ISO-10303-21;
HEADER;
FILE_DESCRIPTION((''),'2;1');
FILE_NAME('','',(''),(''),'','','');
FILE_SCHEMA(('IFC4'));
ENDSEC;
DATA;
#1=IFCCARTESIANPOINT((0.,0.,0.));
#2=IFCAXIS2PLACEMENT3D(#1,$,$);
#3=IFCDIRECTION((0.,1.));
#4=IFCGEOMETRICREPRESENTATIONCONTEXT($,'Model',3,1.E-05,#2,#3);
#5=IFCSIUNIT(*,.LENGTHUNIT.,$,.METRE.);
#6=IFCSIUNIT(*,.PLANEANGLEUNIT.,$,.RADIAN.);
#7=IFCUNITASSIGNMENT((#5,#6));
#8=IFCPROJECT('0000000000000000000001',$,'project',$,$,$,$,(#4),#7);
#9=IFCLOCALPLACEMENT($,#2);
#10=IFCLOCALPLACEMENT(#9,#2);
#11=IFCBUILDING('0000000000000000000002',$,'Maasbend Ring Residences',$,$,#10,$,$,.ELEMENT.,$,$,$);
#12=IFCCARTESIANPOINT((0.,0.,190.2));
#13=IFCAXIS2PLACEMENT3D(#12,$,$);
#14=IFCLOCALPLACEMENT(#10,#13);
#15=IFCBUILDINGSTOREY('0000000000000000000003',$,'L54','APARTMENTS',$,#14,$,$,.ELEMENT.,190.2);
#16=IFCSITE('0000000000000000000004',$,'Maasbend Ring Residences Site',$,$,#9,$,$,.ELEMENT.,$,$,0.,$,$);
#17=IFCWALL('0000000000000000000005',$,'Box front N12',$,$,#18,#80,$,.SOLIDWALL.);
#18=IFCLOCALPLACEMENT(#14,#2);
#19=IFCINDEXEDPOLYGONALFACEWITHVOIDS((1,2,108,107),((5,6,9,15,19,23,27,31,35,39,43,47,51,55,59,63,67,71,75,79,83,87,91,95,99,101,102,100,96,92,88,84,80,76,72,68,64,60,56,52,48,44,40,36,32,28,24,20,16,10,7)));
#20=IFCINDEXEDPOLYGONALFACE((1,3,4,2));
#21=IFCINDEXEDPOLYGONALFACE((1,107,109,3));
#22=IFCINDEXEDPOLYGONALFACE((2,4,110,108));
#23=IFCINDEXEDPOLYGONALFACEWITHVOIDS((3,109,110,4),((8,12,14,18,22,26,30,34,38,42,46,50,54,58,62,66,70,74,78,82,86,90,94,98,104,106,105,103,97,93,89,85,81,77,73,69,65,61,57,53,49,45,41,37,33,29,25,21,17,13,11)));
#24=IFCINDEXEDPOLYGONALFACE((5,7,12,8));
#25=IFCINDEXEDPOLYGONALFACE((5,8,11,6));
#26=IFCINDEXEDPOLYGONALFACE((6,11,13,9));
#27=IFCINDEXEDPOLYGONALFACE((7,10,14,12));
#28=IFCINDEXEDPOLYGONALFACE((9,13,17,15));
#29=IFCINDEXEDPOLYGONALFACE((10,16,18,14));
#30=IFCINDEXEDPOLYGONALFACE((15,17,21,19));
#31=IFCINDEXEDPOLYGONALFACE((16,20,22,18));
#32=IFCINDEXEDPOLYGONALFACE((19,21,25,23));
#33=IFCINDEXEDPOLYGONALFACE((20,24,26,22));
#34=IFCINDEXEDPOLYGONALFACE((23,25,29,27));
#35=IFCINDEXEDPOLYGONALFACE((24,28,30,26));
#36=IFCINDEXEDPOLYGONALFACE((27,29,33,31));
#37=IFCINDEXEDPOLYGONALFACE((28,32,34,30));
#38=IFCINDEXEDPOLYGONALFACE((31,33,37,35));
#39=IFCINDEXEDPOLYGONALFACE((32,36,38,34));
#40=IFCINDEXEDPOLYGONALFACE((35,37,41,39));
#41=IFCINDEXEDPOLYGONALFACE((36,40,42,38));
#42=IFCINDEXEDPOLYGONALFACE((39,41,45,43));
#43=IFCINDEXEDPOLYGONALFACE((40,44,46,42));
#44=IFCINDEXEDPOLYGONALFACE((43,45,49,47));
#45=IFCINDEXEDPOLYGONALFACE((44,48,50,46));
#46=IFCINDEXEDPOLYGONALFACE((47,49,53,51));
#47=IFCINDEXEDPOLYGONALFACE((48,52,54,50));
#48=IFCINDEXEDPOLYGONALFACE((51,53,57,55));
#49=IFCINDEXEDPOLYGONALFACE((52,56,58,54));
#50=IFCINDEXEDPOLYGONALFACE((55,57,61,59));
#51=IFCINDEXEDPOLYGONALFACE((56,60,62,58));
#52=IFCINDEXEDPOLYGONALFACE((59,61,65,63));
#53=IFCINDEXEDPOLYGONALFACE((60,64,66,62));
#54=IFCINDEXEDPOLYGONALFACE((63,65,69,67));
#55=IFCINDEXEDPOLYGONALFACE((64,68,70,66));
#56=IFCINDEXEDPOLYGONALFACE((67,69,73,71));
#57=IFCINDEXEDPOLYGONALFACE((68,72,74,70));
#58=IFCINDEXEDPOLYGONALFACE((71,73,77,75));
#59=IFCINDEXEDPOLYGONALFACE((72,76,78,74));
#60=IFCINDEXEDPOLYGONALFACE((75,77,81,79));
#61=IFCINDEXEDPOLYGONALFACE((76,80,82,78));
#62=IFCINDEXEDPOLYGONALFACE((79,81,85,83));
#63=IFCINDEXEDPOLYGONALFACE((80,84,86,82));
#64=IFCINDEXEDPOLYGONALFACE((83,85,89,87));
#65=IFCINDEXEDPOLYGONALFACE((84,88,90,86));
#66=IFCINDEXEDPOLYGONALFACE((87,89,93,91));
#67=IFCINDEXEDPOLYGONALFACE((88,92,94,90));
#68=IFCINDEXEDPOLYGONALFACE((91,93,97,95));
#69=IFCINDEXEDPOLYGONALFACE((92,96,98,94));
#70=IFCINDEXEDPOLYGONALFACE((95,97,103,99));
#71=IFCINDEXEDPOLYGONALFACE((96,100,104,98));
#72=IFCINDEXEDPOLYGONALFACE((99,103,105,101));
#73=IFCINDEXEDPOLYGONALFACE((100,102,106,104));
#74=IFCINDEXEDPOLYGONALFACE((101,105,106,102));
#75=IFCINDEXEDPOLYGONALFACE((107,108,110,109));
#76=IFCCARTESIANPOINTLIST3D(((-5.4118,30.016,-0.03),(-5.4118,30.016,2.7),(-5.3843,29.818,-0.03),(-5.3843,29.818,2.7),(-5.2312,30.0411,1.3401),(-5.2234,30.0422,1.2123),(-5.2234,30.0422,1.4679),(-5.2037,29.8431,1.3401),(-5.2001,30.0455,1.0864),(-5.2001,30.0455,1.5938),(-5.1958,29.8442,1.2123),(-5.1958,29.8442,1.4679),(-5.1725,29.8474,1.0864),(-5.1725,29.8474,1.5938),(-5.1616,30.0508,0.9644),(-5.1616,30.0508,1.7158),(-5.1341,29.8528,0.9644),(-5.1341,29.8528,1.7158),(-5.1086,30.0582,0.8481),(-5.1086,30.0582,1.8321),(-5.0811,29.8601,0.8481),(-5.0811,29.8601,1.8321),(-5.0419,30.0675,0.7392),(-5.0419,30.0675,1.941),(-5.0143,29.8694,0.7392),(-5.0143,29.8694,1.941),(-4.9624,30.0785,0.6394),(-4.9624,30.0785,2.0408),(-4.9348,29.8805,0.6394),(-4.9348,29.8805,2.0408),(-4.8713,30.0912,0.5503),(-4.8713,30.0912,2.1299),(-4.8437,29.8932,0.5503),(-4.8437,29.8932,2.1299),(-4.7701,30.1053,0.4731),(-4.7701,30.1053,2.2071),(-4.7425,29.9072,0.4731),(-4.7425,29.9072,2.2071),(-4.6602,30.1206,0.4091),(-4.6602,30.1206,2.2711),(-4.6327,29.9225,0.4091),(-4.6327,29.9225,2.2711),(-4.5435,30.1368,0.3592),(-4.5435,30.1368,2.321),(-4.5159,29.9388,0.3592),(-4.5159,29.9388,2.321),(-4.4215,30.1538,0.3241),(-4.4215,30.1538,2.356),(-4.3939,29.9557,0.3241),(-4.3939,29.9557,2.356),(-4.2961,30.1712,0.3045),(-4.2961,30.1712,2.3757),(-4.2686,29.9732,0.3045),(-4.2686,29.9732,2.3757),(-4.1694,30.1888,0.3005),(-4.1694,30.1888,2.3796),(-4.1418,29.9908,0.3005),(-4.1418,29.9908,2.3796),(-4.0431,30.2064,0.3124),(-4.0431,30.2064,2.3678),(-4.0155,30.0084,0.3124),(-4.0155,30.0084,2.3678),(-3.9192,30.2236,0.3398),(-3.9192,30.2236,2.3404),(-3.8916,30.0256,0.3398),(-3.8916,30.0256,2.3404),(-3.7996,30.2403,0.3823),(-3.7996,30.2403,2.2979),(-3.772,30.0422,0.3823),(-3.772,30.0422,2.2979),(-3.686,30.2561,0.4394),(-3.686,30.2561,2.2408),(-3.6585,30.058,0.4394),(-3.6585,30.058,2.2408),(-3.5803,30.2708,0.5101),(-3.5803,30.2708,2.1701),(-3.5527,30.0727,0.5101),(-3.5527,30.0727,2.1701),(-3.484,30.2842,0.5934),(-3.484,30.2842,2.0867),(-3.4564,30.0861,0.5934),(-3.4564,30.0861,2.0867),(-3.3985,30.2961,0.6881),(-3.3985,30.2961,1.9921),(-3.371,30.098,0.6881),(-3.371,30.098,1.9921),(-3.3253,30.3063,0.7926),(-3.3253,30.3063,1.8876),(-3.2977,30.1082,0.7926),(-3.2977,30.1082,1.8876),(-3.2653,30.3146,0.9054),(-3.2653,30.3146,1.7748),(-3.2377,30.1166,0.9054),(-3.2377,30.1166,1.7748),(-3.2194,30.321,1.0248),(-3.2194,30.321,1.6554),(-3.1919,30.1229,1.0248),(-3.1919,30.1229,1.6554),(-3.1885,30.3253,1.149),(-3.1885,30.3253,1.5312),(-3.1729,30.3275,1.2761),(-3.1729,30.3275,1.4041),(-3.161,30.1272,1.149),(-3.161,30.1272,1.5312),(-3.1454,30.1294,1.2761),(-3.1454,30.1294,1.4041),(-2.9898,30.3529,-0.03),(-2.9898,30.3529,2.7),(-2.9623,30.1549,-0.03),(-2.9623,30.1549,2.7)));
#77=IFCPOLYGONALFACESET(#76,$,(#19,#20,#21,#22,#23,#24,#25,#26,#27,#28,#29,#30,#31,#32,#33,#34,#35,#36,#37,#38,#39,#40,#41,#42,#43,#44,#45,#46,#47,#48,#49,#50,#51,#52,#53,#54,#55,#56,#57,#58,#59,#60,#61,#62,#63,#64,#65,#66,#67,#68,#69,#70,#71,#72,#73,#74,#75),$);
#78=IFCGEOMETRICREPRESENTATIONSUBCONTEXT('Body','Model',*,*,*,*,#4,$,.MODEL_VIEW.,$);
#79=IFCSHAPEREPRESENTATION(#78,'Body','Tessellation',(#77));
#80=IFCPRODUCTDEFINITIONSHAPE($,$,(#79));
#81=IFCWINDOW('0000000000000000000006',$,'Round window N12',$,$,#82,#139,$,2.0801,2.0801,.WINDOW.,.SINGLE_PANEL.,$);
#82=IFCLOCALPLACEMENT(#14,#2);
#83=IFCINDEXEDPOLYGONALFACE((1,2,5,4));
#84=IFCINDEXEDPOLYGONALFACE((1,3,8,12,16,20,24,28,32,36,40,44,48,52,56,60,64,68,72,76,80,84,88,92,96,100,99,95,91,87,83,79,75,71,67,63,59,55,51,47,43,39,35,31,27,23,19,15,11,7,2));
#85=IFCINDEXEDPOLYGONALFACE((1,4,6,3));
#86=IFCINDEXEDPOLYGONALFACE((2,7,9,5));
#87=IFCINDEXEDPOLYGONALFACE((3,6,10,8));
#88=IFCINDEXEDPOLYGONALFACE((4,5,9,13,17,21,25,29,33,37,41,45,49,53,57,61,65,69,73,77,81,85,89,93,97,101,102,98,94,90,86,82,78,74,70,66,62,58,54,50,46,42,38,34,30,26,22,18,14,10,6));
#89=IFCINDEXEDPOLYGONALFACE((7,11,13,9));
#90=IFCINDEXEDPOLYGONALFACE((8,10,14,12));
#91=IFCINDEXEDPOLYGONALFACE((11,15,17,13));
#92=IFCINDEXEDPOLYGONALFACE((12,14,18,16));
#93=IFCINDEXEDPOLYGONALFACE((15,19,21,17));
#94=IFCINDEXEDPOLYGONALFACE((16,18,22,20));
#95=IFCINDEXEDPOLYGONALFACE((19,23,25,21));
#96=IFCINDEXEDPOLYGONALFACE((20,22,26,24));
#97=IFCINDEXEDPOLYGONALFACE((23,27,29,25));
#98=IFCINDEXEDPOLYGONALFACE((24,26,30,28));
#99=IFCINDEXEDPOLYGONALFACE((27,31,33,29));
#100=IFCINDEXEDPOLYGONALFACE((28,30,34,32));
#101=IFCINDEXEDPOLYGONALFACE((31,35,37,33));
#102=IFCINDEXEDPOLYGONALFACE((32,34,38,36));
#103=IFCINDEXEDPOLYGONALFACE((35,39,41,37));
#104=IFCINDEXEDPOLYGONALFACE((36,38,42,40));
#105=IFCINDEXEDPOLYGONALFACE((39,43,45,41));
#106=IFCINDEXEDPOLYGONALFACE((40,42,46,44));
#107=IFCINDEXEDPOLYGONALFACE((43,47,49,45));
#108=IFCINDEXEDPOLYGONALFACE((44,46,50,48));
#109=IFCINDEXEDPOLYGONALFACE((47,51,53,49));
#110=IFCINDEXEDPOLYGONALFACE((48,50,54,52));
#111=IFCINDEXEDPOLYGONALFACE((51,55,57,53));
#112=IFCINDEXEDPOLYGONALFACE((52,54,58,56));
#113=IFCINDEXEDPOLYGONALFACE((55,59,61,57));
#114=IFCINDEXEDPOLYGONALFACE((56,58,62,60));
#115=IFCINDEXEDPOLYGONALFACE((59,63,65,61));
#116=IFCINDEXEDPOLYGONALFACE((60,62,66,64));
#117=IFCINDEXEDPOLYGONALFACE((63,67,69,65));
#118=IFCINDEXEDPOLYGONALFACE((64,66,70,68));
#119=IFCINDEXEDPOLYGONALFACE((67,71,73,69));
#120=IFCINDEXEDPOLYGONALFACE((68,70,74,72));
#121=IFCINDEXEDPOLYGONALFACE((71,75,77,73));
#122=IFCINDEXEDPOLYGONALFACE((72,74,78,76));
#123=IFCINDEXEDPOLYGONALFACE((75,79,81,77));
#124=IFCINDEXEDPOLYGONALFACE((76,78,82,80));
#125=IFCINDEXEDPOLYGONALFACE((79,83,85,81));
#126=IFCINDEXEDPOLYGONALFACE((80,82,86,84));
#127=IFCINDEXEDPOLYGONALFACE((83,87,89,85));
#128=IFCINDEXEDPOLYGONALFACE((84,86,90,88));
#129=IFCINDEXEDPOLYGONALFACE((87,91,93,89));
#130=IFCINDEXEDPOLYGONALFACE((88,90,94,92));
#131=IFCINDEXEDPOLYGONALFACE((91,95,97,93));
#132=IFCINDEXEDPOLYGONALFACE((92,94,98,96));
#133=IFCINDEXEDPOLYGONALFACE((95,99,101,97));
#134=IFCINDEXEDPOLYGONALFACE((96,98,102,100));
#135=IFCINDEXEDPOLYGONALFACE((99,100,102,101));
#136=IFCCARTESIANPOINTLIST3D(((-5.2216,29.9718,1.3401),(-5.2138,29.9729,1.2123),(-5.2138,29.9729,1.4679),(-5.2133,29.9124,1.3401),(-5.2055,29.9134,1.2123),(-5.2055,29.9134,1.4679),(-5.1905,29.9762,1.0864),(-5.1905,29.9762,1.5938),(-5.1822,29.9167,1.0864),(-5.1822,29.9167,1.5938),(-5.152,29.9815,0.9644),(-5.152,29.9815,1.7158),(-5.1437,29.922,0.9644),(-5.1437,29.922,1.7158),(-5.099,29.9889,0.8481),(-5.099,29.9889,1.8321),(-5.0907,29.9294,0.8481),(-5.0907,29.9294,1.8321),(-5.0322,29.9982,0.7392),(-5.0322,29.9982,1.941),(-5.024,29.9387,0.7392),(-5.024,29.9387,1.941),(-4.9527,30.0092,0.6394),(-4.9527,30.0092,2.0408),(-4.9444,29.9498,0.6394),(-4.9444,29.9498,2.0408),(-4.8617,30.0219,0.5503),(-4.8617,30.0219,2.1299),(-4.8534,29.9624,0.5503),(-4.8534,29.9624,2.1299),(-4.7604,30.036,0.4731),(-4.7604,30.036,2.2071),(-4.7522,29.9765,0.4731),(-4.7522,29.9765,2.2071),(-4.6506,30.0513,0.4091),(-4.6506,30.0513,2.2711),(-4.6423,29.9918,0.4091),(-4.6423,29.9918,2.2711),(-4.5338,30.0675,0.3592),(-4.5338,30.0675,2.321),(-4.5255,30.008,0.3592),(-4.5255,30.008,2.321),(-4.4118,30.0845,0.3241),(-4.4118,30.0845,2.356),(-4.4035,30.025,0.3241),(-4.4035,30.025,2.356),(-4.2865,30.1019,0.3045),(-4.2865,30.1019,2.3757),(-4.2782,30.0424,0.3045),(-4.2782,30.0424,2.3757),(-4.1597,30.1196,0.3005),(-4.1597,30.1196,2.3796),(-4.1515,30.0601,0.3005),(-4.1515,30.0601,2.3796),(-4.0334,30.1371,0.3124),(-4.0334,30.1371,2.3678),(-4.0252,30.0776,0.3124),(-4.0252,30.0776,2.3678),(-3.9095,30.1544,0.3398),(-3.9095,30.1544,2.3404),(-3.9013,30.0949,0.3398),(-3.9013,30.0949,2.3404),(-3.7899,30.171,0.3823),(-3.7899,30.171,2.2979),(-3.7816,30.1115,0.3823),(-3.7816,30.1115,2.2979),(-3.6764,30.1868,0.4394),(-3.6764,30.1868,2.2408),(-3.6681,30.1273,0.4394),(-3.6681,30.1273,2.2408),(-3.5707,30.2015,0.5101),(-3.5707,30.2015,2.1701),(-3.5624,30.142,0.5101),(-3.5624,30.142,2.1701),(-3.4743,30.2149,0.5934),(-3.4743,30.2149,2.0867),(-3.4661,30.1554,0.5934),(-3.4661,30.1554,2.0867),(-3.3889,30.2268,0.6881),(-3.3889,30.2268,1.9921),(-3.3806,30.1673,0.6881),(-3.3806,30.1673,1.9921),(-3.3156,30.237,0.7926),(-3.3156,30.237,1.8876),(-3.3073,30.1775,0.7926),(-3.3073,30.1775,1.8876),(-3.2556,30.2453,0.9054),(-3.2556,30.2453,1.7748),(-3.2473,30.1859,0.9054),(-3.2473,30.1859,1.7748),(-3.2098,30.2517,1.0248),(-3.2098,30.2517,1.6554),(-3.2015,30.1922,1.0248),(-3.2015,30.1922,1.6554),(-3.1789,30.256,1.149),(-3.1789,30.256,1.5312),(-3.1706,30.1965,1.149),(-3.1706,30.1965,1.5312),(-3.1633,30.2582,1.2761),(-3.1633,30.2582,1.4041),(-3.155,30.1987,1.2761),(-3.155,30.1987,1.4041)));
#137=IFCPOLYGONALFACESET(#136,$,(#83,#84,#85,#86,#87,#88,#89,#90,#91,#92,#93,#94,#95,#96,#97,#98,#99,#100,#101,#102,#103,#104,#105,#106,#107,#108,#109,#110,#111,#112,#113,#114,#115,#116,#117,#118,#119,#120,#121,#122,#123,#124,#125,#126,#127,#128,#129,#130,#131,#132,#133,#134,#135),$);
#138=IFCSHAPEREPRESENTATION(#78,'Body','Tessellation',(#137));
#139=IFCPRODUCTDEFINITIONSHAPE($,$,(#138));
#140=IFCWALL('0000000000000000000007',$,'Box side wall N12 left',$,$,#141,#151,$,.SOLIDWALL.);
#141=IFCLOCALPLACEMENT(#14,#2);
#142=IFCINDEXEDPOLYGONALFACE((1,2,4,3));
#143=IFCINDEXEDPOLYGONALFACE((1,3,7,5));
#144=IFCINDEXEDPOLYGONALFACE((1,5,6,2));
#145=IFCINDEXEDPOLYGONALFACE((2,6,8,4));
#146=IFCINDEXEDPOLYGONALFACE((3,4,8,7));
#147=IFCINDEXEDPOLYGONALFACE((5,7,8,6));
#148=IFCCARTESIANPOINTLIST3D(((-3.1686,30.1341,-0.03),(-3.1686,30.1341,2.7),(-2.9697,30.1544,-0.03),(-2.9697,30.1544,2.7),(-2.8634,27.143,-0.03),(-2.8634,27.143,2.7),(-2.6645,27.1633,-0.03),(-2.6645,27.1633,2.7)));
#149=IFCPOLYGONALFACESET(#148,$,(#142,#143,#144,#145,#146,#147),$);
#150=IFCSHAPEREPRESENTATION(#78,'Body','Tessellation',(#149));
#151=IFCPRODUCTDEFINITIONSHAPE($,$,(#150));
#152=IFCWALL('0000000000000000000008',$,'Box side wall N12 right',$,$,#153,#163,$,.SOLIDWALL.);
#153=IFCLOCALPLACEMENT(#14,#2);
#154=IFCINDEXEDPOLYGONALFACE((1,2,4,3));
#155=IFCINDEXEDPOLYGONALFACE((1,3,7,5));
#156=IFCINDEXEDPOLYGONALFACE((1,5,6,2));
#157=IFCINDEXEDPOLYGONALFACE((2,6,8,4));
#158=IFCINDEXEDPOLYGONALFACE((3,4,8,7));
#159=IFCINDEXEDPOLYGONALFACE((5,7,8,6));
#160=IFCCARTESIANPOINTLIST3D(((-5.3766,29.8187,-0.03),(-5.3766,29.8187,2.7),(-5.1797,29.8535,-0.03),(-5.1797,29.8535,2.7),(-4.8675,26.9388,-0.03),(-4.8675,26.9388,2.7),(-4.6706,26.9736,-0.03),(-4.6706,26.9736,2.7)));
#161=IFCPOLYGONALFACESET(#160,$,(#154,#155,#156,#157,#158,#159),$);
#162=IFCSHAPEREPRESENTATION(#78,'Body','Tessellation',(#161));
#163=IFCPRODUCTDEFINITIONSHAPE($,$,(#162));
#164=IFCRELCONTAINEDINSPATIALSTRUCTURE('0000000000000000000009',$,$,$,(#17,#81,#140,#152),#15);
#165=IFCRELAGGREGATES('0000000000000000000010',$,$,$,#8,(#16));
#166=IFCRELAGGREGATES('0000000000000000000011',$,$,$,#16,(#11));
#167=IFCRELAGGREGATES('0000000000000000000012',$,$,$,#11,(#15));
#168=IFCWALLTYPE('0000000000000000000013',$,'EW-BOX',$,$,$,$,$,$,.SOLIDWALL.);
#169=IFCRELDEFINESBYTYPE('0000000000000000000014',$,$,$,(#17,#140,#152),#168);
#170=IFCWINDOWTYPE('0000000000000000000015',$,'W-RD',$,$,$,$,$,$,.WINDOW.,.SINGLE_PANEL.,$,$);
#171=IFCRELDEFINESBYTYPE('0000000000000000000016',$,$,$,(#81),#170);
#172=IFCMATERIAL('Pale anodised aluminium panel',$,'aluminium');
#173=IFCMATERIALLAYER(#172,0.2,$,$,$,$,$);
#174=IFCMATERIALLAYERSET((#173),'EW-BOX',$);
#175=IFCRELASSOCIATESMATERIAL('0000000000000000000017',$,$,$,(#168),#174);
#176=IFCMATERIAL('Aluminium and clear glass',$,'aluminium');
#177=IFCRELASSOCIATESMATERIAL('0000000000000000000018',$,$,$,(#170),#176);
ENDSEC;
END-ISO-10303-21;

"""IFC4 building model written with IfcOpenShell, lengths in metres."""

from ifc_helpers import new_model, si_unit, direction, frame, frame_2d, origin, place, context, subcontext, project, spatial, rectangle, circle, extrude, material, layer, layer_set, type_object, element, fill, save


model = new_model("IFC4")

# Units and contexts
model_context = context("Model", 3, precision=1e-05, world=origin(), true_north=direction((0.0, 1.0)))
body_context = subcontext(model_context, "Body", "Model", "MODEL_VIEW")
ifc_project = project(units=[si_unit("LENGTHUNIT", "METRE"), si_unit("PLANEANGLEUNIT", "RADIAN")], contexts=[model_context])

# Site, building, storey
site_placement = place(None, origin())
site = spatial("IfcSite", under=ifc_project, at=site_placement, Name="Maasbend Ring Residences Site", CompositionType="ELEMENT", RefElevation=0.0)
building_placement = place(site_placement, origin())
building = spatial("IfcBuilding", under=site, at=building_placement, Name="Maasbend Ring Residences", CompositionType="ELEMENT")
storey_placement = place(building_placement, frame((0.0, 0.0, 190.2)))
storey = spatial("IfcBuildingStorey", under=building, at=storey_placement, Name="L54", Description="APARTMENTS", CompositionType="ELEMENT", Elevation=190.2)

# Wall, opening, window
ifc_material_1 = material(Name="Pale anodised aluminium panel", Category="aluminium")
ifc_layer_1 = layer(ifc_material_1, 0.2)
ifc_layer_set_1 = layer_set([ifc_layer_1], Name="EW-BOX")
wall_type_1 = type_object("IfcWallType", Name="EW-BOX", PredefinedType="SOLIDWALL", material=ifc_layer_set_1)
wall_1_placement = place(storey_placement, frame((-2.9761, 30.2539, -0.03), z_axis=(0.0, 0.0, 1.0), x_axis=(-0.990462, -0.137786, 0.0)))
wall_1 = element("IfcWall", 1, at=wall_1_placement, inside=storey, type_object=wall_type_1, Name="Box front N12", PredefinedType="SOLIDWALL", context=body_context, shape_type="SweptSolid", body=[
    extrude(rectangle(XDim=2.4453, YDim=0.2, at=frame_2d((1.2227, 0.0))), origin(), (0.0, 0.0, 1.0), 2.73),
])
opening_1_placement = place(wall_1_placement, frame((0.1829, 0.0, 0.3301)))
opening_1 = element("IfcOpeningElement", 2, at=opening_1_placement, cuts=wall_1, PredefinedType="OPENING", context=body_context, shape_type="SweptSolid", body=[
    extrude(circle(Radius=1.04, at=frame_2d((1.04, 1.04))), frame((0.0, 0.1099, 0.0), z_axis=(0.0, -1.0, 0.0), x_axis=(1.0, 0.0, 0.0)), (0.0, 0.0, 1.0), 0.22),
])
ifc_material_2 = material(Name="Aluminium and clear glass", Category="aluminium")
window_type_1 = type_object("IfcWindowType", Name="W-RD", PartitioningType="SINGLE_PANEL", PredefinedType="WINDOW", material=ifc_material_2)
window_1_placement = place(opening_1_placement, origin())
window_1 = element("IfcWindow", 3, at=window_1_placement, inside=storey, type_object=window_type_1, Name="Round window N12", OverallHeight=2.0801, OverallWidth=2.0801, PartitioningType="SINGLE_PANEL", PredefinedType="WINDOW", context=body_context, shape_type="SweptSolid", body=[
    extrude(circle(Radius=1.04, at=frame_2d((1.04, 1.04))), frame((0.0, 0.03, 0.0), z_axis=(0.0, -1.0, 0.0), x_axis=(1.0, 0.0, 0.0)), (0.0, 0.0, 1.0), 0.0601),
])
fill(opening_1, window_1)

# Walls
wall_2_placement = place(storey_placement, frame((-2.7639, 27.1531, -0.03), z_axis=(0.0, 0.0, 1.0), x_axis=(-0.101505, 0.994835, 0.0)))
element("IfcWall", 4, at=wall_2_placement, inside=storey, type_object=wall_type_1, Name="Box side wall N12 left", PredefinedType="SOLIDWALL", context=body_context, shape_type="SweptSolid", body=[
    extrude(rectangle(XDim=3.0066, YDim=0.2, at=frame_2d((1.5034, 0.0))), origin(), (0.0, 0.0, 1.0), 2.73),
])
wall_3_placement = place(storey_placement, frame((-4.769, 26.9561, -0.03), z_axis=(0.0, 0.0, 1.0), x_axis=(-0.174057, 0.984736, 0.0)))
element("IfcWall", 5, at=wall_3_placement, inside=storey, type_object=wall_type_1, Name="Box side wall N12 right", PredefinedType="SOLIDWALL", context=body_context, shape_type="SweptSolid", body=[
    extrude(rectangle(XDim=2.9246, YDim=0.2, at=frame_2d((1.4624, 0.0))), origin(), (0.0, 0.0, 1.0), 2.73),
])

save(model, "model.ifc")
